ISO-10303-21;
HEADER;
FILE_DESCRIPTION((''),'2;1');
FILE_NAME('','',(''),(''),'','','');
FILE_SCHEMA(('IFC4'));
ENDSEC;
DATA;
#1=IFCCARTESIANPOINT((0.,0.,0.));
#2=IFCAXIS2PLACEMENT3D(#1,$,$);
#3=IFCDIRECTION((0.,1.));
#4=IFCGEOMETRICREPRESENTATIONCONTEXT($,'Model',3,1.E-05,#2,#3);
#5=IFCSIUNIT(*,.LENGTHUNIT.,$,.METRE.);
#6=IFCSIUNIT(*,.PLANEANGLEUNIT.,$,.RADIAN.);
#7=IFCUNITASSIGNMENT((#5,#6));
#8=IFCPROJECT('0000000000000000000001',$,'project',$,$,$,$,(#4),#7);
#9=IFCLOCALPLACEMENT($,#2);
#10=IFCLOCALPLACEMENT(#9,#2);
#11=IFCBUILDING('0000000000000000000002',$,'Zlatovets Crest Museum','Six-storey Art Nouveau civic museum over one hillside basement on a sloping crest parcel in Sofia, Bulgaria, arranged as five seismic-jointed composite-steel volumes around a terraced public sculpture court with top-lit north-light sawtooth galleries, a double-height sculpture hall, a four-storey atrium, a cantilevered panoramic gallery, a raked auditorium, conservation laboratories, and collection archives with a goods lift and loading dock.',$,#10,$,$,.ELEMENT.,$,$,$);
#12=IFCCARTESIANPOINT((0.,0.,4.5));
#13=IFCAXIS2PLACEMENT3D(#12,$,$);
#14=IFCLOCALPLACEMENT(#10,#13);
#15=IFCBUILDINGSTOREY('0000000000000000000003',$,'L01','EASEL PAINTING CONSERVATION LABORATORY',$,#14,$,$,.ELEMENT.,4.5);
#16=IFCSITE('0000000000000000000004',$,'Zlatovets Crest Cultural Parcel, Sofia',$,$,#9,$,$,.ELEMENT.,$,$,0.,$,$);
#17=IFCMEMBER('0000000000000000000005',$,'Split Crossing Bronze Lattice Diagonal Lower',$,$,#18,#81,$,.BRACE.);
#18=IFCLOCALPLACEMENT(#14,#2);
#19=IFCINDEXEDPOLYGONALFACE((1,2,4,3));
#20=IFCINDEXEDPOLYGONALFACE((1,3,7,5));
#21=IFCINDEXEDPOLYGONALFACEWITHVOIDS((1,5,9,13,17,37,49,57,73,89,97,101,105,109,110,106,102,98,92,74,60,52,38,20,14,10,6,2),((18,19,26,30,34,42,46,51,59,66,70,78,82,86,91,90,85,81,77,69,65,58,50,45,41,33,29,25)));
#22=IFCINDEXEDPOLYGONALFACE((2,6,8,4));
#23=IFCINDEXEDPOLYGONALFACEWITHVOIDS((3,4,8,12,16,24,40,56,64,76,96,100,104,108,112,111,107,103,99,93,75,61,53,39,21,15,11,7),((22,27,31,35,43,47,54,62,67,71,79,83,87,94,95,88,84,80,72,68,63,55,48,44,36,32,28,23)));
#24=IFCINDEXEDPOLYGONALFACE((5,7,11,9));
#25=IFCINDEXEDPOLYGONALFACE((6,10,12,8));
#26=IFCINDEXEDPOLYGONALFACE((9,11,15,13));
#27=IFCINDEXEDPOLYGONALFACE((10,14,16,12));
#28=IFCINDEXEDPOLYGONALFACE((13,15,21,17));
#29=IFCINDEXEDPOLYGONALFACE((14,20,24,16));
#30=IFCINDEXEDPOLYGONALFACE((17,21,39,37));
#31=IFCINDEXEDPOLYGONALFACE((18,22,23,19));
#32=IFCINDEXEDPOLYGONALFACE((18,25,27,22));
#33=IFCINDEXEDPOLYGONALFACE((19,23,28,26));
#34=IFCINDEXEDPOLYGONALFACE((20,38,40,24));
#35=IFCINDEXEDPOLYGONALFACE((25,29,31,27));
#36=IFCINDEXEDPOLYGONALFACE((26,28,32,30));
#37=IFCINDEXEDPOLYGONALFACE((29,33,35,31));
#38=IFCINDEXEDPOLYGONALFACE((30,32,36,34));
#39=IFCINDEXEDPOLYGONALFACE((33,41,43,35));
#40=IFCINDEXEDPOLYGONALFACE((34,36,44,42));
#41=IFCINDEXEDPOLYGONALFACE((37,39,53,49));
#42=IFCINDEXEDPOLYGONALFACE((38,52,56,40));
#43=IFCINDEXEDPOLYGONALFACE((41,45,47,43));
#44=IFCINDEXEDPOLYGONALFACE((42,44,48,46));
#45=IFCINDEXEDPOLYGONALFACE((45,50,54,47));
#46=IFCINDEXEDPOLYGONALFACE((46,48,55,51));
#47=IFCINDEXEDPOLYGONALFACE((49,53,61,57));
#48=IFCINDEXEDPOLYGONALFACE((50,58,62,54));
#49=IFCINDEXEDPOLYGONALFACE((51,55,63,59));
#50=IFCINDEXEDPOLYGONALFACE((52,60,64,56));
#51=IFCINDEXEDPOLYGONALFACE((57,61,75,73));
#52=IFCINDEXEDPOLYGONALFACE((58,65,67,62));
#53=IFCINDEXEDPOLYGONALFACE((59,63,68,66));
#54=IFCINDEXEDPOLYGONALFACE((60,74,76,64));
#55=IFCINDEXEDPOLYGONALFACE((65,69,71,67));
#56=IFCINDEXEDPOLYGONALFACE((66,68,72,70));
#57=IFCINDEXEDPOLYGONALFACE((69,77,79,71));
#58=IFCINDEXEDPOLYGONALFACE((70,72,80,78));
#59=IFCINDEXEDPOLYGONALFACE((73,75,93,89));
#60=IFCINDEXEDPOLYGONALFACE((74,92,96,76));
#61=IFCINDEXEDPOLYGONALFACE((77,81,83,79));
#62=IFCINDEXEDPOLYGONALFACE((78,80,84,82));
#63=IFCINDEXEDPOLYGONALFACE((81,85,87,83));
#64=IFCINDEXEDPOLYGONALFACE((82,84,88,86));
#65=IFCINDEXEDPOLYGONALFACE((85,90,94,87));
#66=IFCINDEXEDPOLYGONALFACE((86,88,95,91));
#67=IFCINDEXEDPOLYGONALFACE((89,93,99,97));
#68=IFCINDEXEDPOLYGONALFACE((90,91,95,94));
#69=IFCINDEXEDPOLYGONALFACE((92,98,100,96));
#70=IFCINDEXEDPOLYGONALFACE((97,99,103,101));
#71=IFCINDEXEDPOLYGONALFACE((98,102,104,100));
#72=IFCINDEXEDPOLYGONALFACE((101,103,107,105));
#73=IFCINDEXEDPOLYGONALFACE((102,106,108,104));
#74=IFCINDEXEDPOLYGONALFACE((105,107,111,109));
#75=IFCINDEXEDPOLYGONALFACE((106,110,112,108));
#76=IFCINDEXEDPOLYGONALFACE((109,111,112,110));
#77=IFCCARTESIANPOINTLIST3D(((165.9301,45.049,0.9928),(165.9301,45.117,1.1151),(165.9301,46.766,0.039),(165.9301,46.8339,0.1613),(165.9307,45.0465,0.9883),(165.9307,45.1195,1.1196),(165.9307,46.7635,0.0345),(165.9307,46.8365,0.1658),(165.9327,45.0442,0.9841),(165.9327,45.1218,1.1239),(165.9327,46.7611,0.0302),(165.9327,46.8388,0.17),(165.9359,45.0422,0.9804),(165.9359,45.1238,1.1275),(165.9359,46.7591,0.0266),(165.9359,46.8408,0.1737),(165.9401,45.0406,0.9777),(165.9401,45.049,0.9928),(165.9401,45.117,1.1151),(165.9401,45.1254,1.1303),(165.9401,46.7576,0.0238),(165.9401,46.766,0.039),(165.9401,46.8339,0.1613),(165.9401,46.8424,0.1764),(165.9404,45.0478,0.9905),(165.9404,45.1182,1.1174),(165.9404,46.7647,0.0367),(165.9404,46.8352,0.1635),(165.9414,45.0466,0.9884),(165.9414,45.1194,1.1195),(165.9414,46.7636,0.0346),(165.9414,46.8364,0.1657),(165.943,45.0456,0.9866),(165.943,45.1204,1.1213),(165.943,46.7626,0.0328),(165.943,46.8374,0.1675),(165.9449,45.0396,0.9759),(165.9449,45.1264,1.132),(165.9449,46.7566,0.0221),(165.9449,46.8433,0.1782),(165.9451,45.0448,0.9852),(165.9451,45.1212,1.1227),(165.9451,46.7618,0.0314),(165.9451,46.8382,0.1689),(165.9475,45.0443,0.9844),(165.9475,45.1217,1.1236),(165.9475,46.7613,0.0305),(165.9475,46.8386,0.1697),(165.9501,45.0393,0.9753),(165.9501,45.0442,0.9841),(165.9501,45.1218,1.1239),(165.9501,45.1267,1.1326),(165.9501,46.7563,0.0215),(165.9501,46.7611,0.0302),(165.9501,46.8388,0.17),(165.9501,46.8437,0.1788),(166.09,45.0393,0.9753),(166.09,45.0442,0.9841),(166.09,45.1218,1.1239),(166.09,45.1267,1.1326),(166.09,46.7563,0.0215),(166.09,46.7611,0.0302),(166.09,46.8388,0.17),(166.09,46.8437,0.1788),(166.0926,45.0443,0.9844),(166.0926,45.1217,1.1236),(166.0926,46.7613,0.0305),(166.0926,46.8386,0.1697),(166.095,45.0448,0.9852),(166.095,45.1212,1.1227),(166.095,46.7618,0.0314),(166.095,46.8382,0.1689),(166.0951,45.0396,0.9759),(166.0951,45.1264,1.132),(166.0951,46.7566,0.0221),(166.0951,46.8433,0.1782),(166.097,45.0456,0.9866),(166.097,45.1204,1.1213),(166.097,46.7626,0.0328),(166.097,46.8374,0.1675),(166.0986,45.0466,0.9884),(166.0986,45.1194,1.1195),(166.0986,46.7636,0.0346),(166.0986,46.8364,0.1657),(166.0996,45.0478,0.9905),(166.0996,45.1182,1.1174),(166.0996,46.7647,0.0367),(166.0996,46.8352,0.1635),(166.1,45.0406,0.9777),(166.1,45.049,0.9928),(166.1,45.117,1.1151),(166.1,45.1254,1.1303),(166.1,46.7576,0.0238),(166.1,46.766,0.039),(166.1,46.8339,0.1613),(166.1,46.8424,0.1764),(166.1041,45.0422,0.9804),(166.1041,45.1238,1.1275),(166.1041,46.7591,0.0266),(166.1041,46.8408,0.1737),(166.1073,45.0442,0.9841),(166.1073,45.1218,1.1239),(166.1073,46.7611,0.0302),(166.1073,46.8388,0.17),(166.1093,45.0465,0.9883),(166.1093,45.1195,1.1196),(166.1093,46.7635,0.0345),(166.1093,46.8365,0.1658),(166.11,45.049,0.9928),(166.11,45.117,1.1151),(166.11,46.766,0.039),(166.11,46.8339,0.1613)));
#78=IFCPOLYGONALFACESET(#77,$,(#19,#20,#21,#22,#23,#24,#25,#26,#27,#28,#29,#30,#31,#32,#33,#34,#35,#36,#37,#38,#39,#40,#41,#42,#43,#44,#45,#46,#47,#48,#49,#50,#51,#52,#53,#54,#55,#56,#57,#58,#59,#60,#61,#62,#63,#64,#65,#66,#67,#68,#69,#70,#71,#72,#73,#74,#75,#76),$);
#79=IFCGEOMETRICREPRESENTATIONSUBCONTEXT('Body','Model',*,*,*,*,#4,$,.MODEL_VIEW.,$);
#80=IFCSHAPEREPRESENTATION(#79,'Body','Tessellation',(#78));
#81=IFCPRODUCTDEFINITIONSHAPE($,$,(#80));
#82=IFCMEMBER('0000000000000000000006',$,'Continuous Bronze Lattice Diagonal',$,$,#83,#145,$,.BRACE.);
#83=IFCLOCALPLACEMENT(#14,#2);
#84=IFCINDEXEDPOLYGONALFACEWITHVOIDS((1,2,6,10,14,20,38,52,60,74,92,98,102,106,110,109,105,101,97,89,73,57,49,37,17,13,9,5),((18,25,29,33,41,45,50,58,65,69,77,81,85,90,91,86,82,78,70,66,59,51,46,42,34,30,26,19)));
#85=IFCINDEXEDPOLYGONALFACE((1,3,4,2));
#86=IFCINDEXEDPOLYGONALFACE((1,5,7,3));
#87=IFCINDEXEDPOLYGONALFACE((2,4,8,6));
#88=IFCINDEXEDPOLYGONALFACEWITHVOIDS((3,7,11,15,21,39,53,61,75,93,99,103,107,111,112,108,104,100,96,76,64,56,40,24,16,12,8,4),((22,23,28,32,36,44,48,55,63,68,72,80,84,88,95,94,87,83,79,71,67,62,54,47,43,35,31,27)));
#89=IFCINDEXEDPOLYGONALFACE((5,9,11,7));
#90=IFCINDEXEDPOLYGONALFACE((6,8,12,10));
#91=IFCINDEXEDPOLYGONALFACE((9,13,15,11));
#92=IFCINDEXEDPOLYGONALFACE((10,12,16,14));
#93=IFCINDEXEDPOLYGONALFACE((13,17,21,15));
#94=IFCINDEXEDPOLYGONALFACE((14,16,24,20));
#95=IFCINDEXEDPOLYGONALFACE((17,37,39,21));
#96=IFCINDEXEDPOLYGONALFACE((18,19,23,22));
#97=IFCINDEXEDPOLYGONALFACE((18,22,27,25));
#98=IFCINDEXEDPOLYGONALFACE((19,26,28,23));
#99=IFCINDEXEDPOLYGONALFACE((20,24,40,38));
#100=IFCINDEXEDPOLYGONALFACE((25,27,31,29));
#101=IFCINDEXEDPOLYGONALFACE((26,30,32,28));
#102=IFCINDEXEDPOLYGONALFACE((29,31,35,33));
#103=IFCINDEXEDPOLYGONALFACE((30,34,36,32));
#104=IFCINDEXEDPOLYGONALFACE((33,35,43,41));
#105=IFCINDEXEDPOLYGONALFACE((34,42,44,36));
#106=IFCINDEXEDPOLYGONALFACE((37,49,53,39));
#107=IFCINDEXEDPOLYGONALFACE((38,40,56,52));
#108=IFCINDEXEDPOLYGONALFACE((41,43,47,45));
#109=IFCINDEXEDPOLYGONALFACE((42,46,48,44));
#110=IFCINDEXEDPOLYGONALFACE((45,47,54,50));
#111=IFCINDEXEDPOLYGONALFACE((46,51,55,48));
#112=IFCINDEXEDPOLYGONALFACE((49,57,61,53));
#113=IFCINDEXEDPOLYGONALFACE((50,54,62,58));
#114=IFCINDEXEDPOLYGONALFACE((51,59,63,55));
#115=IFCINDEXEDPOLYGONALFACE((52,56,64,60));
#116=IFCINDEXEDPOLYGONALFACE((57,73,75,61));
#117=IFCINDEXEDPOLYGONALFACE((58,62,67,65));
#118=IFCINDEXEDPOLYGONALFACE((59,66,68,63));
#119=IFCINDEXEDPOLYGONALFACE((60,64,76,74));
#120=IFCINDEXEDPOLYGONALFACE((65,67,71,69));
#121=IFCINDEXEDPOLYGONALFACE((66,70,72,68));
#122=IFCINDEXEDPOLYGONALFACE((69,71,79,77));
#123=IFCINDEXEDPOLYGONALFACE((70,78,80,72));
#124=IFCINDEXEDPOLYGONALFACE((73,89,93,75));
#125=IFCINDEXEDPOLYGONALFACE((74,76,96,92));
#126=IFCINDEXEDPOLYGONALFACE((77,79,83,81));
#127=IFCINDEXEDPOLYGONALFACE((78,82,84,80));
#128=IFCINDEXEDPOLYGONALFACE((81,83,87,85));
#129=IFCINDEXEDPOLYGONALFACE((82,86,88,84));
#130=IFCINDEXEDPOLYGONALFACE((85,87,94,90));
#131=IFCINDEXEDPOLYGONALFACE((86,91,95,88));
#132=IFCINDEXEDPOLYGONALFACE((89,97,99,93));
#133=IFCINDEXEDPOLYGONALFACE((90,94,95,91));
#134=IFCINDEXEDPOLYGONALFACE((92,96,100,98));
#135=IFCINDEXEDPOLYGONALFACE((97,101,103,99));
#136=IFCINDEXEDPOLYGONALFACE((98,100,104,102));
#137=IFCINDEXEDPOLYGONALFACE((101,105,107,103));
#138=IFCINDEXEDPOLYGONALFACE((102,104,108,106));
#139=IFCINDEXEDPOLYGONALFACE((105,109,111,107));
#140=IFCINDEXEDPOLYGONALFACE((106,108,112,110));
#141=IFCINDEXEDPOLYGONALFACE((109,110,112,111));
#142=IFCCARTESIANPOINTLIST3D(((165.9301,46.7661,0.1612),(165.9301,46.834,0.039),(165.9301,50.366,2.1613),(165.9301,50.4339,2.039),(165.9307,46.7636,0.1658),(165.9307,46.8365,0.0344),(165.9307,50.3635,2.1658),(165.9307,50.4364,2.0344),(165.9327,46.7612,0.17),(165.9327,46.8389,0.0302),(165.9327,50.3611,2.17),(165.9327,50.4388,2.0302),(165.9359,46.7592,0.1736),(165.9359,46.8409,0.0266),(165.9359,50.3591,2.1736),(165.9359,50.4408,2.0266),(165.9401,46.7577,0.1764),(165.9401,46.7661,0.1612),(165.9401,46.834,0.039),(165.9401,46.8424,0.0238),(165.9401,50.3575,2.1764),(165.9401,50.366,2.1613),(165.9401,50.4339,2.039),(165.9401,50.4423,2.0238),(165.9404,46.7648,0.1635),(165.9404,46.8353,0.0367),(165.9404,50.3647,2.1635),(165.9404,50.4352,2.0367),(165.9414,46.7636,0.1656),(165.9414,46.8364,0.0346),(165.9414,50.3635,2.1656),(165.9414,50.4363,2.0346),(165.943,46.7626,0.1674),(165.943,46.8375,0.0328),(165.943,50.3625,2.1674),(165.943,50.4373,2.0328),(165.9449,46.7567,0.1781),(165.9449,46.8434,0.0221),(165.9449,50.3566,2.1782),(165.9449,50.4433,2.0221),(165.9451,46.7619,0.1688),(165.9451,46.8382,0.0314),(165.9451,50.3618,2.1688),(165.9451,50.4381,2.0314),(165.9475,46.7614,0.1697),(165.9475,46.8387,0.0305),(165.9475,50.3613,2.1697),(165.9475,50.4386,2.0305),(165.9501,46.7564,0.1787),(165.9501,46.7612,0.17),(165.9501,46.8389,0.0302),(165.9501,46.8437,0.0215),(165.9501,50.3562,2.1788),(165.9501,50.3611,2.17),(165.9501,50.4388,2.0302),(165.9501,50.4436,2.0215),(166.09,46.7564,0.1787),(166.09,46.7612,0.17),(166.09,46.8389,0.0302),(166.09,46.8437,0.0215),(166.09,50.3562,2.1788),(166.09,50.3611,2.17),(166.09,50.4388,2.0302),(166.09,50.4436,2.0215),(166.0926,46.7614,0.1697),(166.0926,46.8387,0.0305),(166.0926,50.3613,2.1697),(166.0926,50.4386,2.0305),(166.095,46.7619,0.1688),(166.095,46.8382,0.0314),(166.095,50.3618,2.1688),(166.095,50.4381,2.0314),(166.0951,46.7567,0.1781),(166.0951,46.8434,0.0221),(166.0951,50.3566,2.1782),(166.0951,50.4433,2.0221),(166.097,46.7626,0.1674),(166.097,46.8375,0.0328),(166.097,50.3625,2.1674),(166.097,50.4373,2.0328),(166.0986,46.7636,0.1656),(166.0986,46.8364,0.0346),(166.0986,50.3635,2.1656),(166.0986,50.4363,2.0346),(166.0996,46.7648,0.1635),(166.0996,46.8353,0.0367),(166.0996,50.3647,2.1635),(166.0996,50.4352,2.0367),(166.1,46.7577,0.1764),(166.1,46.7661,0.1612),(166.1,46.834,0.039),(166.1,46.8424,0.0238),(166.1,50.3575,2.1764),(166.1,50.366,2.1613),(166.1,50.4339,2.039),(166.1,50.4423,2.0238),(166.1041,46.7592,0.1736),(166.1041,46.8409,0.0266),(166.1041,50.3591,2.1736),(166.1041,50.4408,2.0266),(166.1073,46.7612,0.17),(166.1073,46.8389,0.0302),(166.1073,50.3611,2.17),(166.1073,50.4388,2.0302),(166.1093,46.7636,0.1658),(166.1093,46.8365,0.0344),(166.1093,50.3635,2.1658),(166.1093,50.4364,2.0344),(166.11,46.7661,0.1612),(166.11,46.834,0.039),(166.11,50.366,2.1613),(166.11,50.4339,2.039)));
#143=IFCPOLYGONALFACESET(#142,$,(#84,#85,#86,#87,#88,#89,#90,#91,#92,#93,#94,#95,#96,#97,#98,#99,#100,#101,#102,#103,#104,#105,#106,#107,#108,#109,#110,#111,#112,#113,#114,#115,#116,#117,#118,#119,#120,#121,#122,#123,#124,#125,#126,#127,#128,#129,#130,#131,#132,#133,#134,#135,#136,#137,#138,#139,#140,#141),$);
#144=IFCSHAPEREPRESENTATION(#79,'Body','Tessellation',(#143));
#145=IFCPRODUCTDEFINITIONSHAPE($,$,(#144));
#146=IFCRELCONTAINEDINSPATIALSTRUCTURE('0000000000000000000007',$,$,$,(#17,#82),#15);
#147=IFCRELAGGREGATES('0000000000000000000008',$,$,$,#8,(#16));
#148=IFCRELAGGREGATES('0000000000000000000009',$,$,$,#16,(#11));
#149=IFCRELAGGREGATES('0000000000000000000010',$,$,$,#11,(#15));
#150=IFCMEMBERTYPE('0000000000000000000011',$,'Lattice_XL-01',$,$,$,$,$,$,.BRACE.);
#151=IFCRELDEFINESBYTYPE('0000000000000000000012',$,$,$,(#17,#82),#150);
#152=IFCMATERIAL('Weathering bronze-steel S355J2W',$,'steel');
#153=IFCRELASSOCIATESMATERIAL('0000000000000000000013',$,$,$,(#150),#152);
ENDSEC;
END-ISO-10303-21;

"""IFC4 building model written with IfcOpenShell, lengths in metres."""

from ifc_helpers import new_model, si_unit, direction, frame, origin, origin_2d, place, context, subcontext, project, spatial, hollow_rectangle, extrude, material, material_profile, profile_set, type_object, element, save


model = new_model("IFC4")

# Units and contexts
model_context = context("Model", 3, precision=1e-05, world=origin(), true_north=direction((0.0, 1.0)))
body_context = subcontext(model_context, "Body", "Model", "MODEL_VIEW")
ifc_project = project(units=[si_unit("LENGTHUNIT", "METRE"), si_unit("PLANEANGLEUNIT", "RADIAN")], contexts=[model_context])

# Site, building, storey
site_placement = place(None, origin())
site = spatial("IfcSite", under=ifc_project, at=site_placement, Name="Zlatovets Crest Cultural Parcel, Sofia", CompositionType="ELEMENT", RefElevation=0.0)
building_placement = place(site_placement, origin())
building = spatial("IfcBuilding", under=site, at=building_placement, Name="Zlatovets Crest Museum", Description="Six-storey Art Nouveau civic museum over one hillside basement on a sloping crest parcel in Sofia, Bulgaria, arranged as five seismic-jointed composite-steel volumes around a terraced public sculpture court with top-lit north-light sawtooth galleries, a double-height sculpture hall, a four-storey atrium, a cantilevered panoramic gallery, a raked auditorium, conservation laboratories, and collection archives with a goods lift and loading dock.", CompositionType="ELEMENT")
storey_placement = place(building_placement, frame((0.0, 0.0, 4.5)))
storey = spatial("IfcBuildingStorey", under=building, at=storey_placement, Name="L01", Description="EASEL PAINTING CONSERVATION LABORATORY", CompositionType="ELEMENT", Elevation=4.5)

# Members
ifc_material_1 = material(Name="Weathering bronze-steel S355J2W", Category="steel")
ifc_material_profile_1 = material_profile(ifc_material_1, hollow_rectangle(XDim=0.1799, YDim=0.1799, WallThickness=0.01, InnerFilletRadius=0.01, OuterFilletRadius=0.02, at=origin_2d()), Name="SHS 180x180x10.0")
ifc_profile_set_1 = profile_set([ifc_material_profile_1], Name="Weathering bronze-steel S355J2W")
member_type_1 = type_object("IfcMemberType", Name="Lattice_XL-01", PredefinedType="BRACE", material=ifc_profile_set_1)
member_1_placement = place(storey_placement, frame((166.02, 45.083, 1.054), z_axis=(0.0, 0.874169, -0.485622), x_axis=(-1.0, 0.0, 0.0)))
element("IfcMember", 1, at=member_1_placement, inside=storey, type_object=member_type_1, Name="Split Crossing Bronze Lattice Diagonal Lower", PredefinedType="BRACE", context=body_context, shape_type="SweptSolid", body=[
    extrude(hollow_rectangle(XDim=0.1799, YDim=0.1799, WallThickness=0.01, InnerFilletRadius=0.01, OuterFilletRadius=0.02, at=origin_2d()), origin(), (0.0, 0.0, 1.0), 1.9641),
])
member_2_placement = place(storey_placement, frame((166.02, 46.8, 0.1001), z_axis=(0.0, 0.874149, 0.485658), x_axis=(-1.0, 0.0, 0.0)))
element("IfcMember", 2, at=member_2_placement, inside=storey, type_object=member_type_1, Name="Continuous Bronze Lattice Diagonal", PredefinedType="BRACE", context=body_context, shape_type="SweptSolid", body=[
    extrude(hollow_rectangle(XDim=0.1799, YDim=0.1799, WallThickness=0.01, InnerFilletRadius=0.01, OuterFilletRadius=0.02, at=origin_2d()), origin(), (0.0, 0.0, 1.0), 4.1182),
])

save(model, "model.ifc")
